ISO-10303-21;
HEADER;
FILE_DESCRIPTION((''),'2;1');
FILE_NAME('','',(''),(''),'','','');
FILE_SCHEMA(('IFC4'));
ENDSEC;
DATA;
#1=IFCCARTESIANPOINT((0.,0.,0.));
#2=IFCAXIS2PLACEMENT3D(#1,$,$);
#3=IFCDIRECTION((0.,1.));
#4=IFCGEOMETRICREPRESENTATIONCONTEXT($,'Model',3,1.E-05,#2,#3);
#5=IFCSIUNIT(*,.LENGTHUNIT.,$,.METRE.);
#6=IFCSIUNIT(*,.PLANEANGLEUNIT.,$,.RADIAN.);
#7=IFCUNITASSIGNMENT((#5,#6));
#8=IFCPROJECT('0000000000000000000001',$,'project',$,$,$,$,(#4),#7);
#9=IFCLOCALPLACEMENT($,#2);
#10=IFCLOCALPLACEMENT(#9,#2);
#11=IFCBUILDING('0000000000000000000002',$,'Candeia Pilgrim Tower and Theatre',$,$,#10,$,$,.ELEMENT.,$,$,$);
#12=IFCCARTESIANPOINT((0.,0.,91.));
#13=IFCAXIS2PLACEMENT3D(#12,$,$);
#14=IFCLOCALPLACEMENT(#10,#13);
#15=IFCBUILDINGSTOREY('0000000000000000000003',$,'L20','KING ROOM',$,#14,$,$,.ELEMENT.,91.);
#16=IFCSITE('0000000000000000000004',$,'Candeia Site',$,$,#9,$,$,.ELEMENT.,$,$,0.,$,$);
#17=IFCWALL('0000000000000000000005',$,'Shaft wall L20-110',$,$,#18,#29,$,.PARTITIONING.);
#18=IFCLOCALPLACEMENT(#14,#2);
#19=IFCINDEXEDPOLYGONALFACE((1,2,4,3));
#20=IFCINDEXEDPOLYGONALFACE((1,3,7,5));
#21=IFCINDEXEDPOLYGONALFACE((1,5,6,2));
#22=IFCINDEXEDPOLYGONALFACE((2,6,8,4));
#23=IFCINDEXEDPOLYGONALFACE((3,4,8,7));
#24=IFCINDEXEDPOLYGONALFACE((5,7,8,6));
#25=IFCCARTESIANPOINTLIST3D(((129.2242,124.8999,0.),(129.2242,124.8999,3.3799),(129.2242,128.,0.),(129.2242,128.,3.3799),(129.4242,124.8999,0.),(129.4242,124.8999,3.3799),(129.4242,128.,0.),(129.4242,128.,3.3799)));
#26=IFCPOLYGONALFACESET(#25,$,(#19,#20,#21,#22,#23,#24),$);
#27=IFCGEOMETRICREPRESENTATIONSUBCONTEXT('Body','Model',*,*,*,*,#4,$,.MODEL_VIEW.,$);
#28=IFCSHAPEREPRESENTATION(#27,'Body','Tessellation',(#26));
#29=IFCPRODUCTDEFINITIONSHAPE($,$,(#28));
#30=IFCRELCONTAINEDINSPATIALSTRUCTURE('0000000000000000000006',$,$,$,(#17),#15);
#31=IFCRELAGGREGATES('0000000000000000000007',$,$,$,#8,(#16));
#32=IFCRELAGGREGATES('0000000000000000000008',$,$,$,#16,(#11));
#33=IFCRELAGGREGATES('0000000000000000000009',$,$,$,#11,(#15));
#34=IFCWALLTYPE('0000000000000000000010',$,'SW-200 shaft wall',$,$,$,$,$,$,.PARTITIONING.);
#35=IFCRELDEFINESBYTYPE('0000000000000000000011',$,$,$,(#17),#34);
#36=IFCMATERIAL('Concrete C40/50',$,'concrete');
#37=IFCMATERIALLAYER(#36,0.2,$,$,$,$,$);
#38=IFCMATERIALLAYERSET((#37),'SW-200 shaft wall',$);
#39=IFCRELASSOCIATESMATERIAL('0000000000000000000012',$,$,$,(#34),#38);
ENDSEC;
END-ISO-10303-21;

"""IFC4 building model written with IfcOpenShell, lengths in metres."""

from ifc_helpers import new_model, si_unit, direction, frame, frame_2d, origin, place, context, subcontext, project, spatial, rectangle, extrude, material, layer, layer_set, type_object, element, save


model = new_model("IFC4")

# Units and contexts
model_context = context("Model", 3, precision=1e-05, world=origin(), true_north=direction((0.0, 1.0)))
body_context = subcontext(model_context, "Body", "Model", "MODEL_VIEW")
ifc_project = project(units=[si_unit("LENGTHUNIT", "METRE"), si_unit("PLANEANGLEUNIT", "RADIAN")], contexts=[model_context])

# Site, building, storey
site_placement = place(None, origin())
site = spatial("IfcSite", under=ifc_project, at=site_placement, Name="Candeia Site", CompositionType="ELEMENT", RefElevation=0.0)
building_placement = place(site_placement, origin())
building = spatial("IfcBuilding", under=site, at=building_placement, Name="Candeia Pilgrim Tower and Theatre", CompositionType="ELEMENT")
storey_placement = place(building_placement, frame((0.0, 0.0, 91.0)))
storey = spatial("IfcBuildingStorey", under=building, at=storey_placement, Name="L20", Description="KING ROOM", CompositionType="ELEMENT", Elevation=91.0)

# Shared definitions
ifc_material_1 = material(Name="Concrete C40/50", Category="concrete")
ifc_layer_1 = layer(ifc_material_1, 0.2)
ifc_layer_set_1 = layer_set([ifc_layer_1], Name="SW-200 shaft wall")
wall_type_1 = type_object("IfcWallType", Name="SW-200 shaft wall", PredefinedType="PARTITIONING", material=ifc_layer_set_1)

# Wall
for number, where, z_axis, x_axis, name in (
    (1, (129.3242, 124.8999, 0.0), (0.0, 0.0, 1.0), (0.0, 1.0, 0.0), "Shaft wall L20-110"),
):
    element("IfcWall", number, at=place(storey_placement, frame(where, z_axis=z_axis, x_axis=x_axis)), inside=storey, type_object=wall_type_1, Name=name, PredefinedType="PARTITIONING", context=body_context, shape_type="SweptSolid", body=[
        extrude(rectangle(XDim=3.1001, YDim=0.2, at=frame_2d((1.55, 0.0))), origin(), (0.0, 0.0, 1.0), 3.3799),
    ])

save(model, "model.ifc")
